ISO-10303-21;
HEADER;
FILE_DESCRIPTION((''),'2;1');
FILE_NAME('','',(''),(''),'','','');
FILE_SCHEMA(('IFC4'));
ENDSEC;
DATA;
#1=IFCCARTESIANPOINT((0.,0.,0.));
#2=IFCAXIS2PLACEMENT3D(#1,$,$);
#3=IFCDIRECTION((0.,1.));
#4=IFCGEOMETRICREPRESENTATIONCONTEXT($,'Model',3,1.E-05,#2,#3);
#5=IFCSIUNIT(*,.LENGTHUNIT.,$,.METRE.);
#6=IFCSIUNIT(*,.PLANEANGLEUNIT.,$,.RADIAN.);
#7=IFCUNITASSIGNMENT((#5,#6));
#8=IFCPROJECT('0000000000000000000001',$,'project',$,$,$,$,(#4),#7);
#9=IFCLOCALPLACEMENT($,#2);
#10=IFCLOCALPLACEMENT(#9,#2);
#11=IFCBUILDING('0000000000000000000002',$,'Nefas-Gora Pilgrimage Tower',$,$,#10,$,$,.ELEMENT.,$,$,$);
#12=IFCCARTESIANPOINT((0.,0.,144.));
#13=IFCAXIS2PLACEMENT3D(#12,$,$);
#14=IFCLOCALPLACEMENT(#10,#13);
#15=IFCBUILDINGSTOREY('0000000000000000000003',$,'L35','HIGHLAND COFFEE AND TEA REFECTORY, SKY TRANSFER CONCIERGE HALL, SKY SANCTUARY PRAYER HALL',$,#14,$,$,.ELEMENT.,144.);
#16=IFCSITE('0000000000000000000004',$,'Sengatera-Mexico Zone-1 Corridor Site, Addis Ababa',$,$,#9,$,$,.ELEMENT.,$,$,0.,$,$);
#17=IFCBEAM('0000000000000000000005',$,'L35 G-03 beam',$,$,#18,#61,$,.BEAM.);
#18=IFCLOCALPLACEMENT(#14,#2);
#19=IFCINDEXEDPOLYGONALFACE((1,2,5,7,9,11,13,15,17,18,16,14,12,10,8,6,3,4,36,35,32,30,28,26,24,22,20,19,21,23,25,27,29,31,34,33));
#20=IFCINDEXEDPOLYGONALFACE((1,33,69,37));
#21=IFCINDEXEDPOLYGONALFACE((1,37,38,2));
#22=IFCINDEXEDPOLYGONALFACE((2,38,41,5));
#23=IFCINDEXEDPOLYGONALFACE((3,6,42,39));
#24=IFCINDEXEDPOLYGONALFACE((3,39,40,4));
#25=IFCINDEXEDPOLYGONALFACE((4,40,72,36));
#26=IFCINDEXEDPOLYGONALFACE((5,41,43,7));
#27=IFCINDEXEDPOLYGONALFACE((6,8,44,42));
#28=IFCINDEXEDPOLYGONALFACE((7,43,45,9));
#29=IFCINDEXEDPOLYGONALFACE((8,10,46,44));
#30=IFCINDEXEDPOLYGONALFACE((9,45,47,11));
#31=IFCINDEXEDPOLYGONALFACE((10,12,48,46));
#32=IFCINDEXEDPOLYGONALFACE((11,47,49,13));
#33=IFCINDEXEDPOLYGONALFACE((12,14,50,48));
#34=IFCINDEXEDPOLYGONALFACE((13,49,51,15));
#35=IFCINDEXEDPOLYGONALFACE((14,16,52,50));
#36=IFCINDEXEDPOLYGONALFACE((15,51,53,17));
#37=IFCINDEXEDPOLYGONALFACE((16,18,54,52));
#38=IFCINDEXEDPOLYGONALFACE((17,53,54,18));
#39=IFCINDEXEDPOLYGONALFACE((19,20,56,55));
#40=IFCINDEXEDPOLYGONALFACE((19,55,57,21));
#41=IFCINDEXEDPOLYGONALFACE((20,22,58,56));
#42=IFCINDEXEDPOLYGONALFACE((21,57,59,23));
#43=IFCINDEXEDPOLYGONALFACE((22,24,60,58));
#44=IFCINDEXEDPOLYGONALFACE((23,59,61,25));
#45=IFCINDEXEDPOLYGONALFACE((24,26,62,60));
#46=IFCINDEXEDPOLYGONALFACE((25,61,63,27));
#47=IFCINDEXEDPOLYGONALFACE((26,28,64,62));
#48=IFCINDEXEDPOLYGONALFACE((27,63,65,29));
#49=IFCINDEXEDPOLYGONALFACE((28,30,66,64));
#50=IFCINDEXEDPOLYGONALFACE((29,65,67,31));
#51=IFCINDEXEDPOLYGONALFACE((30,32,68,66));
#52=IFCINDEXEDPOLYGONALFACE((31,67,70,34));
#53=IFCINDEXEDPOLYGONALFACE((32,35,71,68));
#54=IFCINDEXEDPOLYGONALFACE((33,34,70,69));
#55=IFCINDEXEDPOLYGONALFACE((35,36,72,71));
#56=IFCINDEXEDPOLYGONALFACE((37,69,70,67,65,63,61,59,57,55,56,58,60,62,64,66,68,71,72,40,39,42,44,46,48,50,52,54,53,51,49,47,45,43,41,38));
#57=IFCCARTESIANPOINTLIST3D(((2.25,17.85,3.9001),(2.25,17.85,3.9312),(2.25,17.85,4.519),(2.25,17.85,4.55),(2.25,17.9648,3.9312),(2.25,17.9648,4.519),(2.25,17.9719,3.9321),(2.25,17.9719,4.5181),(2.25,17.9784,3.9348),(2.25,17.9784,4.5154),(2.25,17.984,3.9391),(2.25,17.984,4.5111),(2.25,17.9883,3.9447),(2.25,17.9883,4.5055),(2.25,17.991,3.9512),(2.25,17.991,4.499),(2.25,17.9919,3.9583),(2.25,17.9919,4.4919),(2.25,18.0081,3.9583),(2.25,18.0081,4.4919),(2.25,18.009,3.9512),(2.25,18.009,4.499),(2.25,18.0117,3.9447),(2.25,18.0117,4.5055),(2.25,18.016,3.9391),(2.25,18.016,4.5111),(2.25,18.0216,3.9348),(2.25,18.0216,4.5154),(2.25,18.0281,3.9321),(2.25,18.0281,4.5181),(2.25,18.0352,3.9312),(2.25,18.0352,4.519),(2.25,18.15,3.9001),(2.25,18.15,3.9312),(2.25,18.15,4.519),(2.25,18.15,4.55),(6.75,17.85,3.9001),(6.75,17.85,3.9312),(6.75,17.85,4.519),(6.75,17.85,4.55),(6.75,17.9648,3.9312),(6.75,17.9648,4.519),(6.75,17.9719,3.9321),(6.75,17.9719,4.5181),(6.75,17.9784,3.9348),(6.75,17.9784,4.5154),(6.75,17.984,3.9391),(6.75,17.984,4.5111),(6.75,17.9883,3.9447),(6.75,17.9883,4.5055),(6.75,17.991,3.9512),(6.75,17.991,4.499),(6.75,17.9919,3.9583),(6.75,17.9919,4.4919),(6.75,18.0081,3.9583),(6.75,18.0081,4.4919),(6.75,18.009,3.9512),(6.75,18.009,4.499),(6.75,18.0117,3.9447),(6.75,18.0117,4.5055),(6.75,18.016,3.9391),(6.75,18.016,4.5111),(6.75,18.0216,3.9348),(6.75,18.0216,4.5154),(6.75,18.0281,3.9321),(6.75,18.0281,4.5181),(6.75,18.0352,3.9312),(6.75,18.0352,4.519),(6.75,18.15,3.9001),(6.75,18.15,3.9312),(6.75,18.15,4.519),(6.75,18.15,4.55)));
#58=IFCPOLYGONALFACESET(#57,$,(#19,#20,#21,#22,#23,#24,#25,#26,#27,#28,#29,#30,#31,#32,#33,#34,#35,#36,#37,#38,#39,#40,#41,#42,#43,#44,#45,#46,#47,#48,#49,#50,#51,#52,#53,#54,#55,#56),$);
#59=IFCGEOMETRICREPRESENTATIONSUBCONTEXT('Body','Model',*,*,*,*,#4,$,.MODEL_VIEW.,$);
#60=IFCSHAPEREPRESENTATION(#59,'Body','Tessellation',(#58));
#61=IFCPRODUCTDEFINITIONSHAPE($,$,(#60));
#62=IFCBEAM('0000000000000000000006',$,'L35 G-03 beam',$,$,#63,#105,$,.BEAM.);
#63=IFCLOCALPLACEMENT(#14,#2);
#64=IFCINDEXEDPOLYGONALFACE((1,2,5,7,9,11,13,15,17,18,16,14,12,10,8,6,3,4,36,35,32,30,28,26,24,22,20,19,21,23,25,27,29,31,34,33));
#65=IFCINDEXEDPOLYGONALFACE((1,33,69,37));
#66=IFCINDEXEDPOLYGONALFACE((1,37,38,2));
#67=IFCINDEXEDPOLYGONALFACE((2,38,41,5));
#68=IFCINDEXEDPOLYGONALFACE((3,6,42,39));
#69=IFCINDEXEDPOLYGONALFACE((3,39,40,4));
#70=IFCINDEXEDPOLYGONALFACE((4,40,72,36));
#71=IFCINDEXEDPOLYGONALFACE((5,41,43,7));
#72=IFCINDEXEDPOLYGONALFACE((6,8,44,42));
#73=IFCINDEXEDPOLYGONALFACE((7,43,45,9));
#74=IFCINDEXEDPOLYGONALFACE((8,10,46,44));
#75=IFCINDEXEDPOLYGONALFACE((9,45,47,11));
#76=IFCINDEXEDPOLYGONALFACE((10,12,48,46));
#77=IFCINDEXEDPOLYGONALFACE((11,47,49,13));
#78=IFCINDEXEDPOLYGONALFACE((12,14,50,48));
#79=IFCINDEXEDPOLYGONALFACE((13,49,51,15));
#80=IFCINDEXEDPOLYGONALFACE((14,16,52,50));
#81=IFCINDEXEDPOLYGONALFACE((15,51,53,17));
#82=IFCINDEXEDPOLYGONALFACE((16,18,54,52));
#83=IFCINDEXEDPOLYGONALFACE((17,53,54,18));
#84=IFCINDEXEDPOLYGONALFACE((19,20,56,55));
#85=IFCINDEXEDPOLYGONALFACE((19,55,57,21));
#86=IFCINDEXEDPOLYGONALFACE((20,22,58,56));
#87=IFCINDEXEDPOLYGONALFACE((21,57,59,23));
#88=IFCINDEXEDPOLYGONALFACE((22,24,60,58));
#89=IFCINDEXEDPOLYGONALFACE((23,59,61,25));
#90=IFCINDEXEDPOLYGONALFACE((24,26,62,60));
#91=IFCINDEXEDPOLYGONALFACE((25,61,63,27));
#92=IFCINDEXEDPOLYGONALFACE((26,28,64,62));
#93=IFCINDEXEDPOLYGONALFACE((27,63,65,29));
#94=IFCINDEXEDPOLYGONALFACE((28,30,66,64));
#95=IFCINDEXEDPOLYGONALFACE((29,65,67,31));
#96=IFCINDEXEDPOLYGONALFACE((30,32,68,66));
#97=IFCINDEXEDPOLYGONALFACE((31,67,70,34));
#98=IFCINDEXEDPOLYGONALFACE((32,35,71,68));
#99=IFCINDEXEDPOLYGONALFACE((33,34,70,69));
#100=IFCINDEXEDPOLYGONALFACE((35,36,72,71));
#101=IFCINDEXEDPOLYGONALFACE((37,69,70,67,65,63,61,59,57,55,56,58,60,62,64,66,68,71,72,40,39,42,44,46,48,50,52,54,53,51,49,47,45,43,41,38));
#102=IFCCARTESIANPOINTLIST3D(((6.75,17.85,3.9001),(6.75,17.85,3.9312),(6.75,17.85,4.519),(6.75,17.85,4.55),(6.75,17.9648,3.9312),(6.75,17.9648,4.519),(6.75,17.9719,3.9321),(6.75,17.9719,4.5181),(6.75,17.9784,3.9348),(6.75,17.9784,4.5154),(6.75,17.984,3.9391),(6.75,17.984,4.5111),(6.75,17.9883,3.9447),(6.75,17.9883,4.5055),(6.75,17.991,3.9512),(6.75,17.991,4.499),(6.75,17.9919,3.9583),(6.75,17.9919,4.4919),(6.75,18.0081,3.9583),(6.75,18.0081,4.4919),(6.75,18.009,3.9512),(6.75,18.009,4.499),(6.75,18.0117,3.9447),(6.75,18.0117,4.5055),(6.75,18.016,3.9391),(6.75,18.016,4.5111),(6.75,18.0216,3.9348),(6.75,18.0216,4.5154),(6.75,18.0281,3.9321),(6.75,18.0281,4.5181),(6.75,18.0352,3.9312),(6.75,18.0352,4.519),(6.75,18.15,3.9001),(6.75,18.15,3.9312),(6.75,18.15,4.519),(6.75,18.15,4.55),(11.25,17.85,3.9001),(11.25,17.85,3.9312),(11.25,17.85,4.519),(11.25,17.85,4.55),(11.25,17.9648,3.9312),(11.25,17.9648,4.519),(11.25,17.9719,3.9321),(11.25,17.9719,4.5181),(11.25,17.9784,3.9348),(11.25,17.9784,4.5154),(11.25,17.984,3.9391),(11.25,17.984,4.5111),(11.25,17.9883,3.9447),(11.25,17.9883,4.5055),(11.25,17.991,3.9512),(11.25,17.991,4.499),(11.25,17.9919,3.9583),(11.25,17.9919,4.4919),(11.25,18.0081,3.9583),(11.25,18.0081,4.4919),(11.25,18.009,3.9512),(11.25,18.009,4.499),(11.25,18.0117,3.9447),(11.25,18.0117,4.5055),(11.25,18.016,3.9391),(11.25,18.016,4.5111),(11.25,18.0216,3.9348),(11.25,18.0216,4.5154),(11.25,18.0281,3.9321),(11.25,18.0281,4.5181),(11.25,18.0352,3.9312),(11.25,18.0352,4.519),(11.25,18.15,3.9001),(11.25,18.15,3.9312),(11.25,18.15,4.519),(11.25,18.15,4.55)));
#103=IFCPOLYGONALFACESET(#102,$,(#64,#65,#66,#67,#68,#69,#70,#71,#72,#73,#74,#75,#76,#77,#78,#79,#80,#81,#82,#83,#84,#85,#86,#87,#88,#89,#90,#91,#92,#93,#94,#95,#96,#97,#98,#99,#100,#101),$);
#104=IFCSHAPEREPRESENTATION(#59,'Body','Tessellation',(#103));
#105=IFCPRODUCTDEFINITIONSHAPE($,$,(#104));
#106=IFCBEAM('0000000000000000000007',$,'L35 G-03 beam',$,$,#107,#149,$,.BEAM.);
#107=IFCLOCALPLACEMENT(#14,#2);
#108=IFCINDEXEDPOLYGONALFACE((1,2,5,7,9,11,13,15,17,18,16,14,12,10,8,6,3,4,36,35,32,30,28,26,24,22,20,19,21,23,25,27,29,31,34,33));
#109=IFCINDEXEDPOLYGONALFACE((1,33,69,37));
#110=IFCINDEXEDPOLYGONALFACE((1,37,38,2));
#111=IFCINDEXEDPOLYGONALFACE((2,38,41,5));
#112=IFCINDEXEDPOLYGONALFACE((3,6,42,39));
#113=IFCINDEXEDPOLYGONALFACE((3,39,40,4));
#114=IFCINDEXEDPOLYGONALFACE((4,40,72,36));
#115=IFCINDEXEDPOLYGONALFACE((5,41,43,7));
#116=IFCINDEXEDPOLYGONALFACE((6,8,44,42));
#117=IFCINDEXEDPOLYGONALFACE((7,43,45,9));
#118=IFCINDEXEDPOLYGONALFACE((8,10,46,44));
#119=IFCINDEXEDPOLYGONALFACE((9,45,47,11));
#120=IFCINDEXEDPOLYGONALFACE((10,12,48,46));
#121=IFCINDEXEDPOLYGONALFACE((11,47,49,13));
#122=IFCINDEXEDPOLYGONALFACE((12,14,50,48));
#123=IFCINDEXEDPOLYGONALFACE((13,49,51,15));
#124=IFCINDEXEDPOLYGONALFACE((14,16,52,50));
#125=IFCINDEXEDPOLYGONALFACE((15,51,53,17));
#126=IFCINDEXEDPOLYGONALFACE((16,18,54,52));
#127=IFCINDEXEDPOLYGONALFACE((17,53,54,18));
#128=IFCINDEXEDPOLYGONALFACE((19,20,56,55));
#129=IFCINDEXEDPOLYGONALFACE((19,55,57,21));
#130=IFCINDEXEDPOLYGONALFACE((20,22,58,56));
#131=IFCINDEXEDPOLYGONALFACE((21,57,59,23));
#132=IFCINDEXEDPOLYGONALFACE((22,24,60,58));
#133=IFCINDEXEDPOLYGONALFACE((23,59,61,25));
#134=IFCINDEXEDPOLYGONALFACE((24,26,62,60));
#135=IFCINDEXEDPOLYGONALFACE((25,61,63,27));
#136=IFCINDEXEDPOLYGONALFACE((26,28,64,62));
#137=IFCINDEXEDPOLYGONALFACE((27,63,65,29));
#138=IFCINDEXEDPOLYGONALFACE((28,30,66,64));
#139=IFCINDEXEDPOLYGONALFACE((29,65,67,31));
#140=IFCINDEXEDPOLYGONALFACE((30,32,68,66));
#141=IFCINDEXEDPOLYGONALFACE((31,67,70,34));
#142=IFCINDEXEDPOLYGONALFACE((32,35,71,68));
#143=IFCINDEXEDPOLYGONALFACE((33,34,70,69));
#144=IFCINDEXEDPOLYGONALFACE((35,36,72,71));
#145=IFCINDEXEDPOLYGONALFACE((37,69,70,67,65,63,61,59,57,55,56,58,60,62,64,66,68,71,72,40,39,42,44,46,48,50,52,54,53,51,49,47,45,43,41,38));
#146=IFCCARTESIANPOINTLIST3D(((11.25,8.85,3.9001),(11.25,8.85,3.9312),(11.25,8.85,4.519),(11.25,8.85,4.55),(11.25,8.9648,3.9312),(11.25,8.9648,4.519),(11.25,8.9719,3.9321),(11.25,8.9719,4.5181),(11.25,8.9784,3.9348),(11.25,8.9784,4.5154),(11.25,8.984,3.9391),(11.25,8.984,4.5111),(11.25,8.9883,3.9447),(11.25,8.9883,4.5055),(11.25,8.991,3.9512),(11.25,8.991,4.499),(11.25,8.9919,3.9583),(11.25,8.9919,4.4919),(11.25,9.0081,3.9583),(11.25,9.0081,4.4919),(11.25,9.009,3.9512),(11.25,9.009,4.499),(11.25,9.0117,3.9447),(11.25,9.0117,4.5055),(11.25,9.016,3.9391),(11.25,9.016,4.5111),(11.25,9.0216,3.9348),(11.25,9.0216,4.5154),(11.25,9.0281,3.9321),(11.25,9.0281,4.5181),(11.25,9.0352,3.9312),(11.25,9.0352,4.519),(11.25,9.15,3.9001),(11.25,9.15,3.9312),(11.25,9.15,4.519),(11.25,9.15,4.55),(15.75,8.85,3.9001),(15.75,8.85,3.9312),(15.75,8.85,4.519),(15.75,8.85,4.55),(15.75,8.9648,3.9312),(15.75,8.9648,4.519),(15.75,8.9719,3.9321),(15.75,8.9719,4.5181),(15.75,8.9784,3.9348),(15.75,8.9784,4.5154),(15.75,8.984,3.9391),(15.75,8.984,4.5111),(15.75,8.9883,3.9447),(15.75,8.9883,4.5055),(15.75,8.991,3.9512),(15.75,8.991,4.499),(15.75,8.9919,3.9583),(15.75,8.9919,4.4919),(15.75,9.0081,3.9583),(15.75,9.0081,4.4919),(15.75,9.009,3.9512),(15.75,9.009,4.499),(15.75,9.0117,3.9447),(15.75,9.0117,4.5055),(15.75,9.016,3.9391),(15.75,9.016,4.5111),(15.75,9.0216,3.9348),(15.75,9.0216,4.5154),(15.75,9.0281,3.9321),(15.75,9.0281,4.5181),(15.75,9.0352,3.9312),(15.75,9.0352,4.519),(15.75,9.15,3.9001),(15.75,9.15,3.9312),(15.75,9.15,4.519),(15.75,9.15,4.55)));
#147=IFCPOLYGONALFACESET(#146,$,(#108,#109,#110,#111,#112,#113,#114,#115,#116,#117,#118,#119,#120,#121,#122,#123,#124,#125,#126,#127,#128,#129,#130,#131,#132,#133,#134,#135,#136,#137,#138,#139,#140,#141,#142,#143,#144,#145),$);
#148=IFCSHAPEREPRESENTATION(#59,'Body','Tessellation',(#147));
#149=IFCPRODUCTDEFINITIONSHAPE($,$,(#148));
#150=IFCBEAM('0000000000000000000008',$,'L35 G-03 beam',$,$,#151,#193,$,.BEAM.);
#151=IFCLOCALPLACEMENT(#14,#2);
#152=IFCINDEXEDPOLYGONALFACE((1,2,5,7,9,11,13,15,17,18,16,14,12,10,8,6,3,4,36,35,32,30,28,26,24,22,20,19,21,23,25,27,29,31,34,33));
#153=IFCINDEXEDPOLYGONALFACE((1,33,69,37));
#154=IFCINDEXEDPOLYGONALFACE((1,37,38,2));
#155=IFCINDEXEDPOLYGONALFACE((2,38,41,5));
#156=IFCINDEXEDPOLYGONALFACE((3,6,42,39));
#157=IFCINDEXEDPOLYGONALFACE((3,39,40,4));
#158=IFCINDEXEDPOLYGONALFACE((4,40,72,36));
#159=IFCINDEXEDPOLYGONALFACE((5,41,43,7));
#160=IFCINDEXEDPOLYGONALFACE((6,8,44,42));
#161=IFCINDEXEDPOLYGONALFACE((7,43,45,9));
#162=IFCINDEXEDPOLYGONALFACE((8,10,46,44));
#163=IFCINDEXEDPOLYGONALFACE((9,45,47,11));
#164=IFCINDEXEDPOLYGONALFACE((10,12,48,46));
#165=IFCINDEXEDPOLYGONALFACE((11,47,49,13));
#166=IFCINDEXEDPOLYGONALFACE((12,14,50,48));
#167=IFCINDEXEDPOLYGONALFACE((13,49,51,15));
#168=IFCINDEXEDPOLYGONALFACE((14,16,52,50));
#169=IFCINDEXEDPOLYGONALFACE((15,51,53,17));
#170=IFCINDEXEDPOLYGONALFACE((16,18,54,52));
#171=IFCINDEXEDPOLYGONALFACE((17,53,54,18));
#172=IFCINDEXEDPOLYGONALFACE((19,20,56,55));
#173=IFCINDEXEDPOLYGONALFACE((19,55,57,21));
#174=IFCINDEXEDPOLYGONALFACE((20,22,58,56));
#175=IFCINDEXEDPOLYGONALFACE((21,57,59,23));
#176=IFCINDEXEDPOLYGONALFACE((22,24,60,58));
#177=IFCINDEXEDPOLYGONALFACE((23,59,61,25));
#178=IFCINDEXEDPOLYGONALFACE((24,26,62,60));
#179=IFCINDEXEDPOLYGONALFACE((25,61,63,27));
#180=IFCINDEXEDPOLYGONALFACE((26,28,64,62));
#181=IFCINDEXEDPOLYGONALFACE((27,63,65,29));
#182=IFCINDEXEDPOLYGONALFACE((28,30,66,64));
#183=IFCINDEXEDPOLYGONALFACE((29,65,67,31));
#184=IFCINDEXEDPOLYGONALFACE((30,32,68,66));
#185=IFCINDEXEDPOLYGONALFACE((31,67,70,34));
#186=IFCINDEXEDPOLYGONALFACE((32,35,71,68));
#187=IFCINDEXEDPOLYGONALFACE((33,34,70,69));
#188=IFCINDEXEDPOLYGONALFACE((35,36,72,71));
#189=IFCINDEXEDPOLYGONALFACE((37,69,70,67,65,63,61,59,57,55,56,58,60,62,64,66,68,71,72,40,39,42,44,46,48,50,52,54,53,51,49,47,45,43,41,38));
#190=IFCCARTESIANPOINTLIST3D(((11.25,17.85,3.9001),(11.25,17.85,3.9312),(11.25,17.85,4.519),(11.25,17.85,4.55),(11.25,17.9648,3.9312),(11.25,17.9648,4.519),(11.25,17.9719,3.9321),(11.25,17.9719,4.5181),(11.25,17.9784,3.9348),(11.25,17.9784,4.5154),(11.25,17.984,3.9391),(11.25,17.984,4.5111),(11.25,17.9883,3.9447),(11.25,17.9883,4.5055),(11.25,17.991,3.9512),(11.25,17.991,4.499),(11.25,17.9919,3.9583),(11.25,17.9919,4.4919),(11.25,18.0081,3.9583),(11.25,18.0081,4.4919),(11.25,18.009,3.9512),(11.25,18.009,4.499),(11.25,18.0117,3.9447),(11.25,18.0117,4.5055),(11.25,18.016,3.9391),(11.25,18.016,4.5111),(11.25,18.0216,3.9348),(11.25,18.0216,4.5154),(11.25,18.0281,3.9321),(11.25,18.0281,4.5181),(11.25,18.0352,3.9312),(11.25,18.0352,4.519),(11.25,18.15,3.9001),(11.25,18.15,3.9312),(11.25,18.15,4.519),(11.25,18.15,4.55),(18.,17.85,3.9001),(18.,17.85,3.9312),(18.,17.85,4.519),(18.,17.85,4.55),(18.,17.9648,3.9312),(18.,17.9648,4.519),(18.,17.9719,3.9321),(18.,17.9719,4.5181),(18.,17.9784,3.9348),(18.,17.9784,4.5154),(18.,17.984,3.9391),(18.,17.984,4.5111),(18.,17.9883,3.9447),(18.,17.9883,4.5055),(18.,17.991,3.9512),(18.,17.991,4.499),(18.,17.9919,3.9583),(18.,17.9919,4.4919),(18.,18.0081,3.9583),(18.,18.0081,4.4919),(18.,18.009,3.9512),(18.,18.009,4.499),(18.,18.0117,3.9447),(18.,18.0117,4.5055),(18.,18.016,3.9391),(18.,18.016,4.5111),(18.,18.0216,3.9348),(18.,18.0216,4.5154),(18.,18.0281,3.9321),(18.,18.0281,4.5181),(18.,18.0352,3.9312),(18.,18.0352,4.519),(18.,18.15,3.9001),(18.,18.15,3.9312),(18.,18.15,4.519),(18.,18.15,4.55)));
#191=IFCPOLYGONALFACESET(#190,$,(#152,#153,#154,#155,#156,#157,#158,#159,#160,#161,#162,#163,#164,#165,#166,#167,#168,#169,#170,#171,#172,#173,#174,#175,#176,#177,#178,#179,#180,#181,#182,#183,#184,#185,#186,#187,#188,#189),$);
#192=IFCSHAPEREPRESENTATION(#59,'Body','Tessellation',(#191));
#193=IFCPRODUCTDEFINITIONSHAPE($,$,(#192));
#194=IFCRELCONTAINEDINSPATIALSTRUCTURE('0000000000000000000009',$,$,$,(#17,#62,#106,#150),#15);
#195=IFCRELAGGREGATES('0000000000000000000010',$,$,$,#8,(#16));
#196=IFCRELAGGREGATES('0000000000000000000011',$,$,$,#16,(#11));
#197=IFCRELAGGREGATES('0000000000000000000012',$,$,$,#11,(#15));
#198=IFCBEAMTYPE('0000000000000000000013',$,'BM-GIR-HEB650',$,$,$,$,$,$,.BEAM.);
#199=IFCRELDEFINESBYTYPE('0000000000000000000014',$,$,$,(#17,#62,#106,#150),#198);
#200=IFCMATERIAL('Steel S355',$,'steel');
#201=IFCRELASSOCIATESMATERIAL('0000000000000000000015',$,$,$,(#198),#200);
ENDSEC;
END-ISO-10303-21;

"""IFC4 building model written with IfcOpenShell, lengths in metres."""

from ifc_helpers import new_model, si_unit, direction, frame, origin, origin_2d, place, context, subcontext, project, spatial, i_section, extrude, source, transform, mapped, material, material_profile, profile_set, type_object, element, save


model = new_model("IFC4")

# Units and contexts
model_context = context("Model", 3, precision=1e-05, world=origin(), true_north=direction((0.0, 1.0)))
body_context = subcontext(model_context, "Body", "Model", "MODEL_VIEW")
ifc_project = project(units=[si_unit("LENGTHUNIT", "METRE"), si_unit("PLANEANGLEUNIT", "RADIAN")], contexts=[model_context])

# Site, building, storey
site_placement = place(None, origin())
site = spatial("IfcSite", under=ifc_project, at=site_placement, Name="Sengatera-Mexico Zone-1 Corridor Site, Addis Ababa", CompositionType="ELEMENT", RefElevation=0.0)
building_placement = place(site_placement, origin())
building = spatial("IfcBuilding", under=site, at=building_placement, Name="Nefas-Gora Pilgrimage Tower", CompositionType="ELEMENT")
storey_placement = place(building_placement, frame((0.0, 0.0, 144.0)))
storey = spatial("IfcBuildingStorey", under=building, at=storey_placement, Name="L35", Description="HIGHLAND COFFEE AND TEA REFECTORY, SKY TRANSFER CONCIERGE HALL, SKY SANCTUARY PRAYER HALL", CompositionType="ELEMENT", Elevation=144.0)

# Beams
ifc_material_1 = material(Name="Steel S355", Category="steel")
ifc_material_profile_1 = material_profile(ifc_material_1, i_section(OverallWidth=0.3, OverallDepth=0.6499, WebThickness=0.0161, FlangeThickness=0.031, FilletRadius=0.0271, at=origin_2d()), Name="HEB 650")
ifc_profile_set_1 = profile_set([ifc_material_profile_1], Name="Steel S355")
beam_type_1 = type_object("IfcBeamType", Name="BM-GIR-HEB650", PredefinedType="BEAM", material=ifc_profile_set_1)
shared_shape_1 = source(origin(), body_context, "Body", "SweptSolid", [
    extrude(i_section(OverallWidth=0.3, OverallDepth=0.6499, WebThickness=0.0161, FlangeThickness=0.031, FilletRadius=0.0271, at=origin_2d()), origin(), (0.0, 0.0, 1.0), 4.5),
])
for number, where, z_axis, x_axis, name in (
    (1, (2.25, 18.0, 4.2251), (1.0, 0.0, 0.0), (0.0, 1.0, 0.0), "L35 G-03 beam"),
    (2, (6.75, 18.0, 4.2251), (1.0, 0.0, 0.0), (0.0, 1.0, 0.0), "L35 G-03 beam"),
    (3, (11.25, 9.0, 4.2251), (1.0, 0.0, 0.0), (0.0, 1.0, 0.0), "L35 G-03 beam"),
):
    element("IfcBeam", number, at=place(storey_placement, frame(where, z_axis=z_axis, x_axis=x_axis)), inside=storey, type_object=beam_type_1, Name=name, PredefinedType="BEAM", context=body_context, shape_type="MappedRepresentation", body=[
        mapped(shared_shape_1, transform((0.0, 0.0, 0.0), x_axis=(1.0, 0.0, 0.0), y_axis=(0.0, 1.0, 0.0), z_axis=(0.0, 0.0, 1.0), scale=1.0)),
    ])
shared_shape_2 = source(origin(), body_context, "Body", "SweptSolid", [
    extrude(i_section(OverallWidth=0.3, OverallDepth=0.6499, WebThickness=0.0161, FlangeThickness=0.031, FilletRadius=0.0271, at=origin_2d()), origin(), (0.0, 0.0, 1.0), 6.75),
])
beam_1_placement = place(storey_placement, frame((11.25, 18.0, 4.2251), z_axis=(1.0, 0.0, 0.0), x_axis=(0.0, 1.0, 0.0)))
element("IfcBeam", 4, at=beam_1_placement, inside=storey, type_object=beam_type_1, Name="L35 G-03 beam", PredefinedType="BEAM", context=body_context, shape_type="MappedRepresentation", body=[
    mapped(shared_shape_2, transform((0.0, 0.0, 0.0), x_axis=(1.0, 0.0, 0.0), y_axis=(0.0, 1.0, 0.0), z_axis=(0.0, 0.0, 1.0), scale=1.0)),
])

save(model, "model.ifc")
